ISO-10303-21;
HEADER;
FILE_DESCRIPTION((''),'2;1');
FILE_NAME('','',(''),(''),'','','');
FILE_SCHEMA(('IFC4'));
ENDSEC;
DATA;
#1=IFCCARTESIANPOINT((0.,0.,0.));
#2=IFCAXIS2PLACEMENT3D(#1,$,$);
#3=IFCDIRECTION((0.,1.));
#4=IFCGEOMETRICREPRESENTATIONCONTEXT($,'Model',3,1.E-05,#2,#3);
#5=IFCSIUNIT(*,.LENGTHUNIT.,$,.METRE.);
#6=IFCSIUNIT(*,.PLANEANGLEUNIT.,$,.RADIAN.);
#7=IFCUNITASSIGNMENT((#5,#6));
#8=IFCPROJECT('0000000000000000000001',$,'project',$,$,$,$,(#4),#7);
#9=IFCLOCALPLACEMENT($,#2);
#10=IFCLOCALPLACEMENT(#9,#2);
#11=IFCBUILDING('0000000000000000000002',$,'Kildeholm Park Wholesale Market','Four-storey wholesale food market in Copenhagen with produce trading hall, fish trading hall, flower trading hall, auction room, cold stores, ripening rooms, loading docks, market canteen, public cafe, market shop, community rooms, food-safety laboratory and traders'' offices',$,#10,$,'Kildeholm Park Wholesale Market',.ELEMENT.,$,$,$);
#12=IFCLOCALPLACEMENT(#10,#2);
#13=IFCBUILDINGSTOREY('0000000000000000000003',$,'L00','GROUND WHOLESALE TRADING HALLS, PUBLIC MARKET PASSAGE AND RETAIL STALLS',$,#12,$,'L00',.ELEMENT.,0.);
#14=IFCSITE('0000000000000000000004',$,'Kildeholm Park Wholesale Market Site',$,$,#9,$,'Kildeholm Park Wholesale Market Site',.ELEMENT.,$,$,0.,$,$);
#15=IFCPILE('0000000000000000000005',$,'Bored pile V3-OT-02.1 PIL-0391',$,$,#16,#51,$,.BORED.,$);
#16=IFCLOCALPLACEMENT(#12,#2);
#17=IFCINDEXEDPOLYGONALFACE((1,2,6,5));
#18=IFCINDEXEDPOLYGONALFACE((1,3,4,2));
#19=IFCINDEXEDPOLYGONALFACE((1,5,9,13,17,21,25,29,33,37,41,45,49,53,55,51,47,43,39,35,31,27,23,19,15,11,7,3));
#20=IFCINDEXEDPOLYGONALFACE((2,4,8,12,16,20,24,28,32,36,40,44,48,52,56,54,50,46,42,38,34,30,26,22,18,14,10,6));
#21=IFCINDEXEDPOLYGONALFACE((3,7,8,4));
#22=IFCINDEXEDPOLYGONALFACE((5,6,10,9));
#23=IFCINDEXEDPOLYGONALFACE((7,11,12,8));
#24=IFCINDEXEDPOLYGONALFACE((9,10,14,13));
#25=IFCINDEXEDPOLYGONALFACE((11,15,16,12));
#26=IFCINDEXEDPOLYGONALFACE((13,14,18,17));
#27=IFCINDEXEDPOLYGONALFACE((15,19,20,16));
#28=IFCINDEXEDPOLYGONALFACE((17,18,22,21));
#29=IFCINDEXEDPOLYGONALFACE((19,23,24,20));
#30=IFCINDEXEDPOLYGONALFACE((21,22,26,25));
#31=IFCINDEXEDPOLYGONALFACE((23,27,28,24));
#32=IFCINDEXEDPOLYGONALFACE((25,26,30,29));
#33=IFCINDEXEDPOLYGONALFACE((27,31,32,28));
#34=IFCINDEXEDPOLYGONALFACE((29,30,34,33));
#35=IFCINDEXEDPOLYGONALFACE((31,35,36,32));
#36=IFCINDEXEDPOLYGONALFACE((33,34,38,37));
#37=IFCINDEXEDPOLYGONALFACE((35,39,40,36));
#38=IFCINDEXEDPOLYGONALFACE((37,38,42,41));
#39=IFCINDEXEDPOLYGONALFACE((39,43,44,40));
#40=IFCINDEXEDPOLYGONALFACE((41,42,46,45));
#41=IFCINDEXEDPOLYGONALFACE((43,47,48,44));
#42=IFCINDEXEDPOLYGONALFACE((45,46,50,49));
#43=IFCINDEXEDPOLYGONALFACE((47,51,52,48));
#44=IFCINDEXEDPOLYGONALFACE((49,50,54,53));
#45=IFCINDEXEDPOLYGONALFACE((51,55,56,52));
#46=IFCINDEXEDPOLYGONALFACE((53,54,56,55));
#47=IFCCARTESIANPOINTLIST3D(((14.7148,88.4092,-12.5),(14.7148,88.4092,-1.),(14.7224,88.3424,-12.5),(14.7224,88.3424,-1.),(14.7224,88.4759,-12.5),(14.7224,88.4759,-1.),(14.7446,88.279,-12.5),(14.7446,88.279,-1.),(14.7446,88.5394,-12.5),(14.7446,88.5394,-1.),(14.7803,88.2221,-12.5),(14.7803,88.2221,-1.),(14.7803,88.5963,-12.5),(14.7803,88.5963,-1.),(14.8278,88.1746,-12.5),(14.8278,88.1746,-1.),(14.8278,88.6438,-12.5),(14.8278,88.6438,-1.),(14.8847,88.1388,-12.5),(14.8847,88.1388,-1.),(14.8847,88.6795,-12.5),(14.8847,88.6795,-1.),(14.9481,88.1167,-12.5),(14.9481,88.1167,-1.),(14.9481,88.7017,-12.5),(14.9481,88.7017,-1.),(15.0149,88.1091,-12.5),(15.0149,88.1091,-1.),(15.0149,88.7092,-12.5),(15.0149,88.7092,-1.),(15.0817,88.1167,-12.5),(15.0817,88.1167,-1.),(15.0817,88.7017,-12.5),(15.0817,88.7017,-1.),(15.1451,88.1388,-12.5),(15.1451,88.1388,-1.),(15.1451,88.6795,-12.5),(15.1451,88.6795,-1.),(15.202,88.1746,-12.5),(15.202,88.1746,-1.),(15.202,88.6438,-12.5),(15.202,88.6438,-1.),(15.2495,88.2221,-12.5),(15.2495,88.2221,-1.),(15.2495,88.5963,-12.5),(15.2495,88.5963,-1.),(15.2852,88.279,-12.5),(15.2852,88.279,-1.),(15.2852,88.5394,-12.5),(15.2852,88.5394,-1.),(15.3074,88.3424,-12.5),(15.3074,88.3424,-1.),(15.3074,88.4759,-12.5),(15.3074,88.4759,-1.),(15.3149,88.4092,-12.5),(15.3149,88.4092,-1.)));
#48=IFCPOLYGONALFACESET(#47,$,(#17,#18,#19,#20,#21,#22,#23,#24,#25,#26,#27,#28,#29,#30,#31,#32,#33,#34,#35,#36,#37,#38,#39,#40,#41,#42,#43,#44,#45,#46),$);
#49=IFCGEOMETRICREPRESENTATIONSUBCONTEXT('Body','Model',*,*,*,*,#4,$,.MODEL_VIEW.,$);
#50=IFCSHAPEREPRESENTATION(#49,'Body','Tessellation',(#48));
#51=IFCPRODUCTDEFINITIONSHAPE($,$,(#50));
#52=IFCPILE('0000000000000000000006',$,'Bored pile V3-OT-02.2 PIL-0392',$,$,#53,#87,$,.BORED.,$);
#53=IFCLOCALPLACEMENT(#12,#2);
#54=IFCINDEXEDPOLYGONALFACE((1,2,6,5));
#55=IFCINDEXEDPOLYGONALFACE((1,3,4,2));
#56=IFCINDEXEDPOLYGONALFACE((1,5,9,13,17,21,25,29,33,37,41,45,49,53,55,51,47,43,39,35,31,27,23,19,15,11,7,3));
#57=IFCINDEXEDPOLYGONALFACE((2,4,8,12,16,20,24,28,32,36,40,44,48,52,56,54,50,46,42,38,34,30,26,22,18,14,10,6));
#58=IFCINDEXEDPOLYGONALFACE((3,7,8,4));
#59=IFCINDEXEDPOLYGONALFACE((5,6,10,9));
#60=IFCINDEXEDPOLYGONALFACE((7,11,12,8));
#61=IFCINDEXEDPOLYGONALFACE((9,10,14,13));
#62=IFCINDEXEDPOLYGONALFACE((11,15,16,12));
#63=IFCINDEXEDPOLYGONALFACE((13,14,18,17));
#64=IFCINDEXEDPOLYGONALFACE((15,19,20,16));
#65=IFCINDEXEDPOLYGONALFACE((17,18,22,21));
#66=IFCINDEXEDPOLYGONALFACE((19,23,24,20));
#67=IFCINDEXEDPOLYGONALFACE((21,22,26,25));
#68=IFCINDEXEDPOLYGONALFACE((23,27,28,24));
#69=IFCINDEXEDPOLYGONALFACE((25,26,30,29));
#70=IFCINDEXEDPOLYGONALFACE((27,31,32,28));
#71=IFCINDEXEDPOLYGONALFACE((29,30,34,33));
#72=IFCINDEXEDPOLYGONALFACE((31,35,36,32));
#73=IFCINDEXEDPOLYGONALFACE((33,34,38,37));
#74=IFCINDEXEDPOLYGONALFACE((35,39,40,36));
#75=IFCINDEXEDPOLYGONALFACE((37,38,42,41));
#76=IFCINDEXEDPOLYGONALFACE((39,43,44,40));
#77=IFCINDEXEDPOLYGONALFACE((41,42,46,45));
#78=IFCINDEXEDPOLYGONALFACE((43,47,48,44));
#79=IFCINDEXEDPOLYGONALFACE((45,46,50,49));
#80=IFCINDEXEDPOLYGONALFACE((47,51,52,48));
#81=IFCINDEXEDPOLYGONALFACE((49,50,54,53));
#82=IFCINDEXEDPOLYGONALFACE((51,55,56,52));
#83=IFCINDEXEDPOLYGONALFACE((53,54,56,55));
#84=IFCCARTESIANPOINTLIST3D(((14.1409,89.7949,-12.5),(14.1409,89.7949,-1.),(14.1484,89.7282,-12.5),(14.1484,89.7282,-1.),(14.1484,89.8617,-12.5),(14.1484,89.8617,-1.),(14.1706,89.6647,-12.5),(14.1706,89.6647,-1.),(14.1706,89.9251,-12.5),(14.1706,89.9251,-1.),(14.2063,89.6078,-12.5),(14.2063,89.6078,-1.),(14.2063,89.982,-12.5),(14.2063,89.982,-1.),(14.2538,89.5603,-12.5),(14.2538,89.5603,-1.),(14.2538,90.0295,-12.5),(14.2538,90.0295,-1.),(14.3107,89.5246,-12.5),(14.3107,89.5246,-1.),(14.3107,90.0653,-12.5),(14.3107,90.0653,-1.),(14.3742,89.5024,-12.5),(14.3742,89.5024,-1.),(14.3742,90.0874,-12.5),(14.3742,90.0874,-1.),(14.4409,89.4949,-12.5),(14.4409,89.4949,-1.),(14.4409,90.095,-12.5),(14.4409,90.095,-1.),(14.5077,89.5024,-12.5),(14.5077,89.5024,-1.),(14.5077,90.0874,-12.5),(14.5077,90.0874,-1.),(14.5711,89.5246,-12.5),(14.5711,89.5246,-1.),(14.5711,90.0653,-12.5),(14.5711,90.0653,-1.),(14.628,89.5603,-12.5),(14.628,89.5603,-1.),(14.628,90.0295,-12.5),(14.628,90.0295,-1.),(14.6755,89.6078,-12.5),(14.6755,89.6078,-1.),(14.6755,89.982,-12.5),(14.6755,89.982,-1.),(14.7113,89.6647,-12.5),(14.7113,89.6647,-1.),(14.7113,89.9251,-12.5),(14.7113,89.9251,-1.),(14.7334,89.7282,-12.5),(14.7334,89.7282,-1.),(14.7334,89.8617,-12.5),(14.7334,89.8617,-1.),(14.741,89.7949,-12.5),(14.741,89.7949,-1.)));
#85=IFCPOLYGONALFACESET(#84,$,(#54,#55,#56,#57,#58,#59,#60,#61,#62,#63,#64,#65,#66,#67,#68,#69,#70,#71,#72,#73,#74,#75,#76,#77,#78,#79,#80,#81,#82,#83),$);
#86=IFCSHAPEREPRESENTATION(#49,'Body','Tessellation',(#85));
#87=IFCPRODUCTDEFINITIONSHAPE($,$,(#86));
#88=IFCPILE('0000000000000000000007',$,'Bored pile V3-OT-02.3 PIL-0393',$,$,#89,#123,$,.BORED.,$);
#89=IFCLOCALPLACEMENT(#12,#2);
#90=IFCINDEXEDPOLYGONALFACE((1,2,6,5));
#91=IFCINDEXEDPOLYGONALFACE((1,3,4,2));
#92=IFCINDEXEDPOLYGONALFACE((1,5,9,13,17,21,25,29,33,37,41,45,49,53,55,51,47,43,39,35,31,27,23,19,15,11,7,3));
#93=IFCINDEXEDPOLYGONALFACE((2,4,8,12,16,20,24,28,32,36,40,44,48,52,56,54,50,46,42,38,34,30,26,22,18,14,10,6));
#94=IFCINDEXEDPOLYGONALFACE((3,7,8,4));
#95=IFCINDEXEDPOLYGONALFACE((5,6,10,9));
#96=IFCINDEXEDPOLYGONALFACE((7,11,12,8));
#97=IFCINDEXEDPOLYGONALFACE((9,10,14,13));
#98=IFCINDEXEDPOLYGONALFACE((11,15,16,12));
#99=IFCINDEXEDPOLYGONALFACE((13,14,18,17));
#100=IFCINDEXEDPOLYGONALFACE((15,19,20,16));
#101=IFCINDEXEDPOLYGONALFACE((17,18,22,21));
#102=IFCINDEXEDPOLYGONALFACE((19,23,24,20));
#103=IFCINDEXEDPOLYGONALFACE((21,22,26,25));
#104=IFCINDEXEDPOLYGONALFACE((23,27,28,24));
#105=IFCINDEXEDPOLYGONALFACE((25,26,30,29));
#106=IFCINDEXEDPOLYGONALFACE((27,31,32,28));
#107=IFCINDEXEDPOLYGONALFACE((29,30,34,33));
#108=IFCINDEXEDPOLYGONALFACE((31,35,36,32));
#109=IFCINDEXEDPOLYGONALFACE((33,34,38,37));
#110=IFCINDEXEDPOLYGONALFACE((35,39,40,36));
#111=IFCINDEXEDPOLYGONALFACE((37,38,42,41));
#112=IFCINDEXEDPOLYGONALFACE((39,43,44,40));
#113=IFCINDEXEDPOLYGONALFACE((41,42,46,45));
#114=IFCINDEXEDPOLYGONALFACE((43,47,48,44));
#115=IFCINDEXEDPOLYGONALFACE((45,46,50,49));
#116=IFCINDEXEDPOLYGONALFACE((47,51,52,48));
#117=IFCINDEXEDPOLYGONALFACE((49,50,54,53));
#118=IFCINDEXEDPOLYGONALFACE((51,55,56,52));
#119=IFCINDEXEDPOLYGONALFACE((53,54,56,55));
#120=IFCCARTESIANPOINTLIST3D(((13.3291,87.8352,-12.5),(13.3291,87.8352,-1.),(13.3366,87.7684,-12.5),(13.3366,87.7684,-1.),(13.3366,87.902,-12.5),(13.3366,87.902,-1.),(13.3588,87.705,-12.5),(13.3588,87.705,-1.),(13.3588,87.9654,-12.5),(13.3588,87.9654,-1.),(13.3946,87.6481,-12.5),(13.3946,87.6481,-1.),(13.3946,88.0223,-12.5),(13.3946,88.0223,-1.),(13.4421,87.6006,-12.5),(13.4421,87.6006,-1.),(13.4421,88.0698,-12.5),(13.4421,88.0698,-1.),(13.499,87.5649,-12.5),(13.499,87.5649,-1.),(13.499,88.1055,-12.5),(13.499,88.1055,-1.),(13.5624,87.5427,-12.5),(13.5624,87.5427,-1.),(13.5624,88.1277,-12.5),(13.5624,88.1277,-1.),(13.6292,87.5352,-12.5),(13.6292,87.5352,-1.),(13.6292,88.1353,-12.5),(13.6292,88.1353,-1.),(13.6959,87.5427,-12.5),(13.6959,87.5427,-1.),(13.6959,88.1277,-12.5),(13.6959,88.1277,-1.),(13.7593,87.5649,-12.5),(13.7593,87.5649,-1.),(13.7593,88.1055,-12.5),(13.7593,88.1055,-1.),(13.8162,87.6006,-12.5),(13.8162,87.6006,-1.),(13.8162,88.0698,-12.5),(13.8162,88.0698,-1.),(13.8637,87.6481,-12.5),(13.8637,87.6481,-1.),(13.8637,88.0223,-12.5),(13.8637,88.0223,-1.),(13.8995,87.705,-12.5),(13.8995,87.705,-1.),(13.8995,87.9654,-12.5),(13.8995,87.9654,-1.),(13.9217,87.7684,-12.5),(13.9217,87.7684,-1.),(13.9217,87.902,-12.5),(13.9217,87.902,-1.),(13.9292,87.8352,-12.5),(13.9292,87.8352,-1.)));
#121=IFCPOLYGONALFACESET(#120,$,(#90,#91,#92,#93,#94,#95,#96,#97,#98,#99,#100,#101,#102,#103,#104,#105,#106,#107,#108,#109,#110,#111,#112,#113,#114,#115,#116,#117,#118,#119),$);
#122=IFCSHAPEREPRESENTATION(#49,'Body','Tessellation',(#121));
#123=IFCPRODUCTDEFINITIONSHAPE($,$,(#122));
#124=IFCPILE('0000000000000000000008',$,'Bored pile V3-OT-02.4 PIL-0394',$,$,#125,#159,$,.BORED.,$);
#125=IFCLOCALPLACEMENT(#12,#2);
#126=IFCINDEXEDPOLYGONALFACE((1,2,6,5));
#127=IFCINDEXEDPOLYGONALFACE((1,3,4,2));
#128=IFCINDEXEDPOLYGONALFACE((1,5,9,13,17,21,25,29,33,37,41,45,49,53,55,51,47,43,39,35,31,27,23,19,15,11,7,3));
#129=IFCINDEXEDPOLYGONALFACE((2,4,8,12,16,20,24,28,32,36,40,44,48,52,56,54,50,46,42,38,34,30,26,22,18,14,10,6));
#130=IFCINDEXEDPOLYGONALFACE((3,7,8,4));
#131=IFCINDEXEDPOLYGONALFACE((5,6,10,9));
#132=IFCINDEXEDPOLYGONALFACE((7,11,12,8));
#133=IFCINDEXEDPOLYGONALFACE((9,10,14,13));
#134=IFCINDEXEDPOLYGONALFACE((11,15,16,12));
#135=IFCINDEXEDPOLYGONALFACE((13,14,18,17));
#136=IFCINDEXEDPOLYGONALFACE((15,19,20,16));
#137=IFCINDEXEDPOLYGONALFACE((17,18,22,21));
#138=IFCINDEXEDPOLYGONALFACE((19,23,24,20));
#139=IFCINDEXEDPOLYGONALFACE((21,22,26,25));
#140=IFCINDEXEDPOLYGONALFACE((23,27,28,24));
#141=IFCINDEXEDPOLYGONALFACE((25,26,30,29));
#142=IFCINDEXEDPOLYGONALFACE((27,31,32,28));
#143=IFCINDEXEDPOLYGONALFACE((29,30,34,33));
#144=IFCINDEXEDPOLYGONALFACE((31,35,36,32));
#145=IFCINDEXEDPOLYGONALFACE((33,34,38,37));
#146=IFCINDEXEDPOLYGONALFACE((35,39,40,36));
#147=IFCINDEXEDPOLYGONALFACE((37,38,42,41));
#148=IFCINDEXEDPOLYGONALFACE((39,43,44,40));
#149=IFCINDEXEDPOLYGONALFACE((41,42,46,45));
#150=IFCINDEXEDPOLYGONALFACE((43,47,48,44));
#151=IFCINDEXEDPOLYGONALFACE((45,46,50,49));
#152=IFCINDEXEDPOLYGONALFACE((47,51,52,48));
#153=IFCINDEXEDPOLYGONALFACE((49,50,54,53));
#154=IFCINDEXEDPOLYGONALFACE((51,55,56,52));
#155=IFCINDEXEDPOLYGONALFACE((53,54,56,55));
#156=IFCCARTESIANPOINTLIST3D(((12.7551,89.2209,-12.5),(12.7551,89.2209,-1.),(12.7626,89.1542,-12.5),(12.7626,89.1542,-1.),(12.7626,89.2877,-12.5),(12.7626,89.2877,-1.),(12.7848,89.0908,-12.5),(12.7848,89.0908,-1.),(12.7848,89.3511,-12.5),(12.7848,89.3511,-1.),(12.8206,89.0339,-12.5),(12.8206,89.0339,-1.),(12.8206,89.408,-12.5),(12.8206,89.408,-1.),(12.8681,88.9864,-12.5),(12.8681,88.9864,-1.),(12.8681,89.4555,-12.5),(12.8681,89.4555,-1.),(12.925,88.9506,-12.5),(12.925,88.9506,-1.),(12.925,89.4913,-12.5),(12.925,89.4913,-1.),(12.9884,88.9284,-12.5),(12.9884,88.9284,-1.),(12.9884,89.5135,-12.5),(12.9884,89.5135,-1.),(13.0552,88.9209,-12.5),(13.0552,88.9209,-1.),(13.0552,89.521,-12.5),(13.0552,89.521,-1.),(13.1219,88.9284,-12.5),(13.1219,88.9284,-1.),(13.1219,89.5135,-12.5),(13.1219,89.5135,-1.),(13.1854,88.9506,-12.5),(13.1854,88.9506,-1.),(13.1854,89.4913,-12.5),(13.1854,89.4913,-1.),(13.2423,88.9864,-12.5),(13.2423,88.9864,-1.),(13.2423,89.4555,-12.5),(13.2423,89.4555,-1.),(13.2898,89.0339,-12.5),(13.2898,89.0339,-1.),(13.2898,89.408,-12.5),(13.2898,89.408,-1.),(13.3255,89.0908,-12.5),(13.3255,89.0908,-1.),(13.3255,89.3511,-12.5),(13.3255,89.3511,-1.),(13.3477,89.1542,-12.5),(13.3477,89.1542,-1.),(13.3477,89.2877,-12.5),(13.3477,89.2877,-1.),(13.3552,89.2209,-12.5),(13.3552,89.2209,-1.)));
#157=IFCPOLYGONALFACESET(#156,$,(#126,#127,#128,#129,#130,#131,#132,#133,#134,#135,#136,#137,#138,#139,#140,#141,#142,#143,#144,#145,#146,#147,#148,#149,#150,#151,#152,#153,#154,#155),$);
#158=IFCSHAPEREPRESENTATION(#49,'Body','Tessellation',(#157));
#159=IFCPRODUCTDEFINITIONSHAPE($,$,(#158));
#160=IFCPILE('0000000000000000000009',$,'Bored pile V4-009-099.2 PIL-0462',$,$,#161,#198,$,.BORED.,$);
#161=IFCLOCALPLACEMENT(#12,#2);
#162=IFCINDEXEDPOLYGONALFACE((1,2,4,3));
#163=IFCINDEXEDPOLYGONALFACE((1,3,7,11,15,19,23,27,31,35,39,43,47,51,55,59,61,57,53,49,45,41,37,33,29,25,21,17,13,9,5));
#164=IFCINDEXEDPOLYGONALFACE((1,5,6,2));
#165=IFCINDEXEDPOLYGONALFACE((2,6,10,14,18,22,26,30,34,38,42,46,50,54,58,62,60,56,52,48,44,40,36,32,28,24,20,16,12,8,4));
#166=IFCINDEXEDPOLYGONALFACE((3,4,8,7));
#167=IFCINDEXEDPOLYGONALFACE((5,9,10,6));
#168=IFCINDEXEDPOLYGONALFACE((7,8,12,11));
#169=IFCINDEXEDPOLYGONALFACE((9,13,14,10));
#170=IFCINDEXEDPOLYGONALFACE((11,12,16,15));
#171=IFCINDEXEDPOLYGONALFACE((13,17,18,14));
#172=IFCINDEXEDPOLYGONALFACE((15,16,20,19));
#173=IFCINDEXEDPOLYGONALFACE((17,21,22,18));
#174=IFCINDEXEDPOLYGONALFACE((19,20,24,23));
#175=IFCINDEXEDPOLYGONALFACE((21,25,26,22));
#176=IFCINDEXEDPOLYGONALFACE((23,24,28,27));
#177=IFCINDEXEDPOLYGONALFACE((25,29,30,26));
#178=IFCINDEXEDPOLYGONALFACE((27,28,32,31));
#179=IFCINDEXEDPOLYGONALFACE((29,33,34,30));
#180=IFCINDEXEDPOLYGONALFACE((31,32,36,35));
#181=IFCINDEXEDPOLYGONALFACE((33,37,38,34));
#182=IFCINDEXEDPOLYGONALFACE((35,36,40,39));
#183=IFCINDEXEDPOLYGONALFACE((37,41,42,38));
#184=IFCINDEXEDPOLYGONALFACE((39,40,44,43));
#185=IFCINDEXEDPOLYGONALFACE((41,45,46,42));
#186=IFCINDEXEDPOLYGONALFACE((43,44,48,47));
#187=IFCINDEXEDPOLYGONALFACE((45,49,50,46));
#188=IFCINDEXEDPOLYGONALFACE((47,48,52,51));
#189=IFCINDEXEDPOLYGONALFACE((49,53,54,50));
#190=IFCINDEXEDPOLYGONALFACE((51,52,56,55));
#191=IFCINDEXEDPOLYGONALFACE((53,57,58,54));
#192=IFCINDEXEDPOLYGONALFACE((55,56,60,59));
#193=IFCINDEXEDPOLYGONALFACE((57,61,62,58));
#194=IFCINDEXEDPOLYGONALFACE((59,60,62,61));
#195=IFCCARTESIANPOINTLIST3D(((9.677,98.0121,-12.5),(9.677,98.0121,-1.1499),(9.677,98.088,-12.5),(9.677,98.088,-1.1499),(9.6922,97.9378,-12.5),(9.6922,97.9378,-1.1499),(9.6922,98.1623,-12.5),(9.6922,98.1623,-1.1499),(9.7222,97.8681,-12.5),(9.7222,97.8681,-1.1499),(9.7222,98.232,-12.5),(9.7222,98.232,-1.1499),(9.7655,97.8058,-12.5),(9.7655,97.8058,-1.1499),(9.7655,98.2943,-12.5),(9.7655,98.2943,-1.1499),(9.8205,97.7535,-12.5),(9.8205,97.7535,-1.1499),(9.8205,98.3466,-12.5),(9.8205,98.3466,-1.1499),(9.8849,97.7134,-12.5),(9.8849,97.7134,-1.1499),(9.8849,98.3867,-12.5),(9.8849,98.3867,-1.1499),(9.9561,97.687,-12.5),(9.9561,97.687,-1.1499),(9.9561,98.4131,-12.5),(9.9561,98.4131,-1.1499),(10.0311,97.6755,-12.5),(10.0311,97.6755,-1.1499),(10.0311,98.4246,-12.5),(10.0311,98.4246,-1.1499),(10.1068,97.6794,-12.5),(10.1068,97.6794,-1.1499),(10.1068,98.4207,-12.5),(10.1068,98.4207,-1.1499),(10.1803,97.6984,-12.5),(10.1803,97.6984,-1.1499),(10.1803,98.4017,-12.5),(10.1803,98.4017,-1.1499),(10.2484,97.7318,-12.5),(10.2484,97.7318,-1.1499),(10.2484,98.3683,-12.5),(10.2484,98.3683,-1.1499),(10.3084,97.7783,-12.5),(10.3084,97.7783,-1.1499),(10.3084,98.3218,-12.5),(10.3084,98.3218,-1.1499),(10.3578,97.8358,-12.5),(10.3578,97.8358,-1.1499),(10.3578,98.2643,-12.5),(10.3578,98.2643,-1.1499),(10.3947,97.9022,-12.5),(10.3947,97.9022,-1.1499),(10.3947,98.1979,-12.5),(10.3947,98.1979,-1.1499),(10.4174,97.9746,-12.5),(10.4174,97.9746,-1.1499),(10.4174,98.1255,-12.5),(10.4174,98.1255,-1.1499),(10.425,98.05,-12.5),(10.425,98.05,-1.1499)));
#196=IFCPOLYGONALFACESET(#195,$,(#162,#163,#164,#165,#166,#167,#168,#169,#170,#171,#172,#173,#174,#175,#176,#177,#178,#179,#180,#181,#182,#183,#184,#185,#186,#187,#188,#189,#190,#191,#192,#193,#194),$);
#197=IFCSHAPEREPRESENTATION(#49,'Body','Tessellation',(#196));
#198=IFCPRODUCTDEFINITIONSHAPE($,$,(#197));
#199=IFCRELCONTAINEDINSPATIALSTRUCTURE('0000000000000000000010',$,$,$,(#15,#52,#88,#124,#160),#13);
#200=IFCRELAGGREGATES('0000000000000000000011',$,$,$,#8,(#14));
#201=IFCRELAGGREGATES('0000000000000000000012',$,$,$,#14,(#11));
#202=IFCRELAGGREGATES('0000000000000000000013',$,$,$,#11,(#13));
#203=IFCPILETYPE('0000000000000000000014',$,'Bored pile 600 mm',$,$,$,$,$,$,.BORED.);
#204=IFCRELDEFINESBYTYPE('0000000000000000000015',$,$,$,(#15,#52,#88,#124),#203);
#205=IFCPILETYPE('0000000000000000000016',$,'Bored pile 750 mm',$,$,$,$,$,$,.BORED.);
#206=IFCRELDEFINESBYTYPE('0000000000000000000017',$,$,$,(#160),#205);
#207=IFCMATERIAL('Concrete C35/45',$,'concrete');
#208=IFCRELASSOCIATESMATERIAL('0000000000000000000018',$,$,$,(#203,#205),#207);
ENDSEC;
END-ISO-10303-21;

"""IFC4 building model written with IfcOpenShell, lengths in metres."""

from ifc_helpers import new_model, si_unit, direction, frame, origin, origin_2d, place, context, subcontext, project, spatial, circle, extrude, material, material_profile, profile_set, type_object, element, save


model = new_model("IFC4")

# Units and contexts
model_context = context("Model", 3, precision=1e-05, world=origin(), true_north=direction((0.0, 1.0)))
body_context = subcontext(model_context, "Body", "Model", "MODEL_VIEW")
ifc_project = project(units=[si_unit("LENGTHUNIT", "METRE"), si_unit("PLANEANGLEUNIT", "RADIAN")], contexts=[model_context])

# Site, building, storey
site_placement = place(None, origin())
site = spatial("IfcSite", under=ifc_project, at=site_placement, Name="Kildeholm Park Wholesale Market Site", LongName="Kildeholm Park Wholesale Market Site", CompositionType="ELEMENT", RefElevation=0.0)
building_placement = place(site_placement, origin())
building = spatial("IfcBuilding", under=site, at=building_placement, Name="Kildeholm Park Wholesale Market", Description="Four-storey wholesale food market in Copenhagen with produce trading hall, fish trading hall, flower trading hall, auction room, cold stores, ripening rooms, loading docks, market canteen, public cafe, market shop, community rooms, food-safety laboratory and traders' offices", LongName="Kildeholm Park Wholesale Market", CompositionType="ELEMENT")
storey_placement = place(building_placement, origin())
storey = spatial("IfcBuildingStorey", under=building, at=storey_placement, Name="L00", Description="GROUND WHOLESALE TRADING HALLS, PUBLIC MARKET PASSAGE AND RETAIL STALLS", LongName="L00", CompositionType="ELEMENT", Elevation=0.0)

# Piles
ifc_material_1 = material(Name="Concrete C35/45", Category="concrete")
ifc_material_profile_1 = material_profile(ifc_material_1, circle(Radius=0.3, at=origin_2d()), Name="PILE D600")
ifc_profile_set_1 = profile_set([ifc_material_profile_1], Name="Concrete C35/45")
pile_type_1 = type_object("IfcPileType", Name="Bored pile 600 mm", PredefinedType="BORED", material=ifc_profile_set_1)
for number, where, z_axis, x_axis, name in (
    (1, (15.0149, 88.4092, -1.0), (0.0, 0.0, -1.0), (1.0, 0.0, 0.0), "Bored pile V3-OT-02.1 PIL-0391"),
    (2, (14.4409, 89.7949, -1.0), (0.0, 0.0, -1.0), (1.0, 0.0, 0.0), "Bored pile V3-OT-02.2 PIL-0392"),
    (3, (13.6292, 87.8352, -1.0), (0.0, 0.0, -1.0), (1.0, 0.0, 0.0), "Bored pile V3-OT-02.3 PIL-0393"),
    (4, (13.0552, 89.2209, -1.0), (0.0, 0.0, -1.0), (1.0, 0.0, 0.0), "Bored pile V3-OT-02.4 PIL-0394"),
):
    element("IfcPile", number, at=place(storey_placement, frame(where, z_axis=z_axis, x_axis=x_axis)), inside=storey, type_object=pile_type_1, Name=name, PredefinedType="BORED", context=body_context, shape_type="SweptSolid", body=[
        extrude(circle(Radius=0.3, at=origin_2d()), origin(), (0.0, 0.0, 1.0), 11.5),
    ])
ifc_material_profile_2 = material_profile(ifc_material_1, circle(Radius=0.375, at=origin_2d()), Name="PILE D750")
ifc_profile_set_2 = profile_set([ifc_material_profile_2], Name="Concrete C35/45")
pile_type_2 = type_object("IfcPileType", Name="Bored pile 750 mm", PredefinedType="BORED", material=ifc_profile_set_2)
for number, where, z_axis, x_axis, name in (
    (5, (10.05, 98.05, -1.1499), (0.0, 0.0, -1.0), (1.0, 0.0, 0.0), "Bored pile V4-009-099.2 PIL-0462"),
):
    element("IfcPile", number, at=place(storey_placement, frame(where, z_axis=z_axis, x_axis=x_axis)), inside=storey, type_object=pile_type_2, Name=name, PredefinedType="BORED", context=body_context, shape_type="SweptSolid", body=[
        extrude(circle(Radius=0.375, at=origin_2d()), origin(), (0.0, 0.0, 1.0), 11.3501),
    ])

save(model, "model.ifc")
